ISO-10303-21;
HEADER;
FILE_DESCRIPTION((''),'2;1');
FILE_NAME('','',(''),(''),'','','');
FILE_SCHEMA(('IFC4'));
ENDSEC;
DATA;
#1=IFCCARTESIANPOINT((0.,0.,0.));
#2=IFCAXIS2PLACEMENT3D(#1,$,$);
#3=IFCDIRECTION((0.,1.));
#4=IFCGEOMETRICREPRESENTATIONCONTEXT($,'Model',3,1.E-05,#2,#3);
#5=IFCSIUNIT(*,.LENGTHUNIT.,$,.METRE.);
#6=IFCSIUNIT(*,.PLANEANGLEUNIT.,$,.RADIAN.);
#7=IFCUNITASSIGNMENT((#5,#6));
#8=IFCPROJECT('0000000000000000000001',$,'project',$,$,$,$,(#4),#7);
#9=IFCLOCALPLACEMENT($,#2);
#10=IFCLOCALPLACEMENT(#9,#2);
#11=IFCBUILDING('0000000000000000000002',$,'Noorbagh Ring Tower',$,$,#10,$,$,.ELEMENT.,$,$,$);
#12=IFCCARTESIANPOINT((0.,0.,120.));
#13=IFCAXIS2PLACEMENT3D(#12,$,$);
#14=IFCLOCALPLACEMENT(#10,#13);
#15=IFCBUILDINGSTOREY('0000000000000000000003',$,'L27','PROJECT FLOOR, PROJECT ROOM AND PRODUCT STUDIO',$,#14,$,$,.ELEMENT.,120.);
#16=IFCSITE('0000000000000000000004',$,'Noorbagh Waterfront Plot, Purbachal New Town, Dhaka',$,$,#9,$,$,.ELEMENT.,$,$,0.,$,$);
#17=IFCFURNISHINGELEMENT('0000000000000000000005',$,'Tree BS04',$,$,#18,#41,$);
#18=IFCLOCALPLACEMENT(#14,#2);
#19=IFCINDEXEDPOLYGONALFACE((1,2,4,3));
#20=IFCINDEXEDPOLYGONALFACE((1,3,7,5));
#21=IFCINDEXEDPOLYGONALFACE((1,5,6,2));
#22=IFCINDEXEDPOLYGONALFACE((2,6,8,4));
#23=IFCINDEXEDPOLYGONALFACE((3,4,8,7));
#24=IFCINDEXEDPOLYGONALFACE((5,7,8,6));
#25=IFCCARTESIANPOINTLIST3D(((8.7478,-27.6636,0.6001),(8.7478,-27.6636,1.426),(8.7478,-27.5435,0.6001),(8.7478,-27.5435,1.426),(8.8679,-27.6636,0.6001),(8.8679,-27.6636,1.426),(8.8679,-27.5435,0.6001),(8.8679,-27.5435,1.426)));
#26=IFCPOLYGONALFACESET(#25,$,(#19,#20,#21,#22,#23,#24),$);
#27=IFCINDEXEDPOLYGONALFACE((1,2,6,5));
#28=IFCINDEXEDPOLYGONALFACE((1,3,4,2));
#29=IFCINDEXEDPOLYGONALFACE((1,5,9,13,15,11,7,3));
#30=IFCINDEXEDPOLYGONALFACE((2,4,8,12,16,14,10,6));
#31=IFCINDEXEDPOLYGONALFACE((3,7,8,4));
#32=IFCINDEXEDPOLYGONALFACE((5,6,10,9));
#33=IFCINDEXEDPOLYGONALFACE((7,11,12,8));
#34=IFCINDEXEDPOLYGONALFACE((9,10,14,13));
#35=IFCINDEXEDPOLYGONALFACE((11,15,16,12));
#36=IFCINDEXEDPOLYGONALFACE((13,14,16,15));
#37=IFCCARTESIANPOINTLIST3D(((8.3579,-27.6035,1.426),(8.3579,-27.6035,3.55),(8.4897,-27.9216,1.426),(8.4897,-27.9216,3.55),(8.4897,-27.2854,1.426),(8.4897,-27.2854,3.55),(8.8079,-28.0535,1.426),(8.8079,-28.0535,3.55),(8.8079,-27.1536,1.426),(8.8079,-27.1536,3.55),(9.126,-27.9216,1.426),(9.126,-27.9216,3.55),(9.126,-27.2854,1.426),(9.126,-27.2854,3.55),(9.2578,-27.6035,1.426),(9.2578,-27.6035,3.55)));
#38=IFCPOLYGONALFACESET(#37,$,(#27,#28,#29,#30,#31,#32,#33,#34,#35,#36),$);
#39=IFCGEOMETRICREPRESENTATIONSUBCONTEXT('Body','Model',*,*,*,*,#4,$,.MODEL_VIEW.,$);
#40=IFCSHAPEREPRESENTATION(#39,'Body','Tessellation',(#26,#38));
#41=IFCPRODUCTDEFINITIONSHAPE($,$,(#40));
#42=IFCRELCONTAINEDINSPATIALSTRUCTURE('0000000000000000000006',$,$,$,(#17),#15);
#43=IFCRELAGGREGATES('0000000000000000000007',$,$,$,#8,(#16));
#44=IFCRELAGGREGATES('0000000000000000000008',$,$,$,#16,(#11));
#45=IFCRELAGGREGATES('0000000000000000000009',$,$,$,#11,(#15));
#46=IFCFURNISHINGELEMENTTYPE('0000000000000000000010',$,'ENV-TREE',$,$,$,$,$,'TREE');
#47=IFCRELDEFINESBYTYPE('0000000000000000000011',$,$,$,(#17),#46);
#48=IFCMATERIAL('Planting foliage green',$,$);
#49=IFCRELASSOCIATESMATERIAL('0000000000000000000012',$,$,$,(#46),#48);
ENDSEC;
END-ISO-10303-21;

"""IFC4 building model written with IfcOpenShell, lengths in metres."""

from ifc_helpers import new_model, si_unit, direction, frame, origin, origin_2d, place, context, subcontext, project, spatial, polyline, rectangle, outline, extrude, material, type_object, element, save


model = new_model("IFC4")

# Units and contexts
model_context = context("Model", 3, precision=1e-05, world=origin(), true_north=direction((0.0, 1.0)))
body_context = subcontext(model_context, "Body", "Model", "MODEL_VIEW")
ifc_project = project(units=[si_unit("LENGTHUNIT", "METRE"), si_unit("PLANEANGLEUNIT", "RADIAN")], contexts=[model_context])

# Site, building, storey
site_placement = place(None, origin())
site = spatial("IfcSite", under=ifc_project, at=site_placement, Name="Noorbagh Waterfront Plot, Purbachal New Town, Dhaka", CompositionType="ELEMENT", RefElevation=0.0)
building_placement = place(site_placement, origin())
building = spatial("IfcBuilding", under=site, at=building_placement, Name="Noorbagh Ring Tower", CompositionType="ELEMENT")
storey_placement = place(building_placement, frame((0.0, 0.0, 120.0)))
storey = spatial("IfcBuildingStorey", under=building, at=storey_placement, Name="L27", Description="PROJECT FLOOR, PROJECT ROOM AND PRODUCT STUDIO", CompositionType="ELEMENT", Elevation=120.0)

# Furnishing element
ifc_material_1 = material(Name="Planting foliage green")
furnishing_element_type = type_object("IfcFurnishingElementType", Name="ENV-TREE", ElementType="TREE", material=ifc_material_1)
furnishing_placement = place(storey_placement, frame((8.8079, -27.6035, 0.6001), z_axis=(0.0, 0.0, 1.0), x_axis=(1.0, 0.0, 0.0)))
element("IfcFurnishingElement", 1, at=furnishing_placement, inside=storey, type_object=furnishing_element_type, Name="Tree BS04", context=body_context, shape_type="SweptSolid", body=[
    extrude(rectangle(XDim=0.1201, YDim=0.1201, at=origin_2d()), origin(), (0.0, 0.0, 1.0), 0.8259),
    extrude(outline(polyline([(0.45, 0.0), (0.3181, 0.3181), (0.0, 0.45), (-0.3181, 0.3181), (-0.45, 0.0), (-0.3181, -0.3181), (0.0, -0.45), (0.3181, -0.3181), (0.45, 0.0)])), frame((0.0, 0.0, 0.8259)), (0.0, 0.0, 1.0), 2.124),
])

save(model, "model.ifc")
